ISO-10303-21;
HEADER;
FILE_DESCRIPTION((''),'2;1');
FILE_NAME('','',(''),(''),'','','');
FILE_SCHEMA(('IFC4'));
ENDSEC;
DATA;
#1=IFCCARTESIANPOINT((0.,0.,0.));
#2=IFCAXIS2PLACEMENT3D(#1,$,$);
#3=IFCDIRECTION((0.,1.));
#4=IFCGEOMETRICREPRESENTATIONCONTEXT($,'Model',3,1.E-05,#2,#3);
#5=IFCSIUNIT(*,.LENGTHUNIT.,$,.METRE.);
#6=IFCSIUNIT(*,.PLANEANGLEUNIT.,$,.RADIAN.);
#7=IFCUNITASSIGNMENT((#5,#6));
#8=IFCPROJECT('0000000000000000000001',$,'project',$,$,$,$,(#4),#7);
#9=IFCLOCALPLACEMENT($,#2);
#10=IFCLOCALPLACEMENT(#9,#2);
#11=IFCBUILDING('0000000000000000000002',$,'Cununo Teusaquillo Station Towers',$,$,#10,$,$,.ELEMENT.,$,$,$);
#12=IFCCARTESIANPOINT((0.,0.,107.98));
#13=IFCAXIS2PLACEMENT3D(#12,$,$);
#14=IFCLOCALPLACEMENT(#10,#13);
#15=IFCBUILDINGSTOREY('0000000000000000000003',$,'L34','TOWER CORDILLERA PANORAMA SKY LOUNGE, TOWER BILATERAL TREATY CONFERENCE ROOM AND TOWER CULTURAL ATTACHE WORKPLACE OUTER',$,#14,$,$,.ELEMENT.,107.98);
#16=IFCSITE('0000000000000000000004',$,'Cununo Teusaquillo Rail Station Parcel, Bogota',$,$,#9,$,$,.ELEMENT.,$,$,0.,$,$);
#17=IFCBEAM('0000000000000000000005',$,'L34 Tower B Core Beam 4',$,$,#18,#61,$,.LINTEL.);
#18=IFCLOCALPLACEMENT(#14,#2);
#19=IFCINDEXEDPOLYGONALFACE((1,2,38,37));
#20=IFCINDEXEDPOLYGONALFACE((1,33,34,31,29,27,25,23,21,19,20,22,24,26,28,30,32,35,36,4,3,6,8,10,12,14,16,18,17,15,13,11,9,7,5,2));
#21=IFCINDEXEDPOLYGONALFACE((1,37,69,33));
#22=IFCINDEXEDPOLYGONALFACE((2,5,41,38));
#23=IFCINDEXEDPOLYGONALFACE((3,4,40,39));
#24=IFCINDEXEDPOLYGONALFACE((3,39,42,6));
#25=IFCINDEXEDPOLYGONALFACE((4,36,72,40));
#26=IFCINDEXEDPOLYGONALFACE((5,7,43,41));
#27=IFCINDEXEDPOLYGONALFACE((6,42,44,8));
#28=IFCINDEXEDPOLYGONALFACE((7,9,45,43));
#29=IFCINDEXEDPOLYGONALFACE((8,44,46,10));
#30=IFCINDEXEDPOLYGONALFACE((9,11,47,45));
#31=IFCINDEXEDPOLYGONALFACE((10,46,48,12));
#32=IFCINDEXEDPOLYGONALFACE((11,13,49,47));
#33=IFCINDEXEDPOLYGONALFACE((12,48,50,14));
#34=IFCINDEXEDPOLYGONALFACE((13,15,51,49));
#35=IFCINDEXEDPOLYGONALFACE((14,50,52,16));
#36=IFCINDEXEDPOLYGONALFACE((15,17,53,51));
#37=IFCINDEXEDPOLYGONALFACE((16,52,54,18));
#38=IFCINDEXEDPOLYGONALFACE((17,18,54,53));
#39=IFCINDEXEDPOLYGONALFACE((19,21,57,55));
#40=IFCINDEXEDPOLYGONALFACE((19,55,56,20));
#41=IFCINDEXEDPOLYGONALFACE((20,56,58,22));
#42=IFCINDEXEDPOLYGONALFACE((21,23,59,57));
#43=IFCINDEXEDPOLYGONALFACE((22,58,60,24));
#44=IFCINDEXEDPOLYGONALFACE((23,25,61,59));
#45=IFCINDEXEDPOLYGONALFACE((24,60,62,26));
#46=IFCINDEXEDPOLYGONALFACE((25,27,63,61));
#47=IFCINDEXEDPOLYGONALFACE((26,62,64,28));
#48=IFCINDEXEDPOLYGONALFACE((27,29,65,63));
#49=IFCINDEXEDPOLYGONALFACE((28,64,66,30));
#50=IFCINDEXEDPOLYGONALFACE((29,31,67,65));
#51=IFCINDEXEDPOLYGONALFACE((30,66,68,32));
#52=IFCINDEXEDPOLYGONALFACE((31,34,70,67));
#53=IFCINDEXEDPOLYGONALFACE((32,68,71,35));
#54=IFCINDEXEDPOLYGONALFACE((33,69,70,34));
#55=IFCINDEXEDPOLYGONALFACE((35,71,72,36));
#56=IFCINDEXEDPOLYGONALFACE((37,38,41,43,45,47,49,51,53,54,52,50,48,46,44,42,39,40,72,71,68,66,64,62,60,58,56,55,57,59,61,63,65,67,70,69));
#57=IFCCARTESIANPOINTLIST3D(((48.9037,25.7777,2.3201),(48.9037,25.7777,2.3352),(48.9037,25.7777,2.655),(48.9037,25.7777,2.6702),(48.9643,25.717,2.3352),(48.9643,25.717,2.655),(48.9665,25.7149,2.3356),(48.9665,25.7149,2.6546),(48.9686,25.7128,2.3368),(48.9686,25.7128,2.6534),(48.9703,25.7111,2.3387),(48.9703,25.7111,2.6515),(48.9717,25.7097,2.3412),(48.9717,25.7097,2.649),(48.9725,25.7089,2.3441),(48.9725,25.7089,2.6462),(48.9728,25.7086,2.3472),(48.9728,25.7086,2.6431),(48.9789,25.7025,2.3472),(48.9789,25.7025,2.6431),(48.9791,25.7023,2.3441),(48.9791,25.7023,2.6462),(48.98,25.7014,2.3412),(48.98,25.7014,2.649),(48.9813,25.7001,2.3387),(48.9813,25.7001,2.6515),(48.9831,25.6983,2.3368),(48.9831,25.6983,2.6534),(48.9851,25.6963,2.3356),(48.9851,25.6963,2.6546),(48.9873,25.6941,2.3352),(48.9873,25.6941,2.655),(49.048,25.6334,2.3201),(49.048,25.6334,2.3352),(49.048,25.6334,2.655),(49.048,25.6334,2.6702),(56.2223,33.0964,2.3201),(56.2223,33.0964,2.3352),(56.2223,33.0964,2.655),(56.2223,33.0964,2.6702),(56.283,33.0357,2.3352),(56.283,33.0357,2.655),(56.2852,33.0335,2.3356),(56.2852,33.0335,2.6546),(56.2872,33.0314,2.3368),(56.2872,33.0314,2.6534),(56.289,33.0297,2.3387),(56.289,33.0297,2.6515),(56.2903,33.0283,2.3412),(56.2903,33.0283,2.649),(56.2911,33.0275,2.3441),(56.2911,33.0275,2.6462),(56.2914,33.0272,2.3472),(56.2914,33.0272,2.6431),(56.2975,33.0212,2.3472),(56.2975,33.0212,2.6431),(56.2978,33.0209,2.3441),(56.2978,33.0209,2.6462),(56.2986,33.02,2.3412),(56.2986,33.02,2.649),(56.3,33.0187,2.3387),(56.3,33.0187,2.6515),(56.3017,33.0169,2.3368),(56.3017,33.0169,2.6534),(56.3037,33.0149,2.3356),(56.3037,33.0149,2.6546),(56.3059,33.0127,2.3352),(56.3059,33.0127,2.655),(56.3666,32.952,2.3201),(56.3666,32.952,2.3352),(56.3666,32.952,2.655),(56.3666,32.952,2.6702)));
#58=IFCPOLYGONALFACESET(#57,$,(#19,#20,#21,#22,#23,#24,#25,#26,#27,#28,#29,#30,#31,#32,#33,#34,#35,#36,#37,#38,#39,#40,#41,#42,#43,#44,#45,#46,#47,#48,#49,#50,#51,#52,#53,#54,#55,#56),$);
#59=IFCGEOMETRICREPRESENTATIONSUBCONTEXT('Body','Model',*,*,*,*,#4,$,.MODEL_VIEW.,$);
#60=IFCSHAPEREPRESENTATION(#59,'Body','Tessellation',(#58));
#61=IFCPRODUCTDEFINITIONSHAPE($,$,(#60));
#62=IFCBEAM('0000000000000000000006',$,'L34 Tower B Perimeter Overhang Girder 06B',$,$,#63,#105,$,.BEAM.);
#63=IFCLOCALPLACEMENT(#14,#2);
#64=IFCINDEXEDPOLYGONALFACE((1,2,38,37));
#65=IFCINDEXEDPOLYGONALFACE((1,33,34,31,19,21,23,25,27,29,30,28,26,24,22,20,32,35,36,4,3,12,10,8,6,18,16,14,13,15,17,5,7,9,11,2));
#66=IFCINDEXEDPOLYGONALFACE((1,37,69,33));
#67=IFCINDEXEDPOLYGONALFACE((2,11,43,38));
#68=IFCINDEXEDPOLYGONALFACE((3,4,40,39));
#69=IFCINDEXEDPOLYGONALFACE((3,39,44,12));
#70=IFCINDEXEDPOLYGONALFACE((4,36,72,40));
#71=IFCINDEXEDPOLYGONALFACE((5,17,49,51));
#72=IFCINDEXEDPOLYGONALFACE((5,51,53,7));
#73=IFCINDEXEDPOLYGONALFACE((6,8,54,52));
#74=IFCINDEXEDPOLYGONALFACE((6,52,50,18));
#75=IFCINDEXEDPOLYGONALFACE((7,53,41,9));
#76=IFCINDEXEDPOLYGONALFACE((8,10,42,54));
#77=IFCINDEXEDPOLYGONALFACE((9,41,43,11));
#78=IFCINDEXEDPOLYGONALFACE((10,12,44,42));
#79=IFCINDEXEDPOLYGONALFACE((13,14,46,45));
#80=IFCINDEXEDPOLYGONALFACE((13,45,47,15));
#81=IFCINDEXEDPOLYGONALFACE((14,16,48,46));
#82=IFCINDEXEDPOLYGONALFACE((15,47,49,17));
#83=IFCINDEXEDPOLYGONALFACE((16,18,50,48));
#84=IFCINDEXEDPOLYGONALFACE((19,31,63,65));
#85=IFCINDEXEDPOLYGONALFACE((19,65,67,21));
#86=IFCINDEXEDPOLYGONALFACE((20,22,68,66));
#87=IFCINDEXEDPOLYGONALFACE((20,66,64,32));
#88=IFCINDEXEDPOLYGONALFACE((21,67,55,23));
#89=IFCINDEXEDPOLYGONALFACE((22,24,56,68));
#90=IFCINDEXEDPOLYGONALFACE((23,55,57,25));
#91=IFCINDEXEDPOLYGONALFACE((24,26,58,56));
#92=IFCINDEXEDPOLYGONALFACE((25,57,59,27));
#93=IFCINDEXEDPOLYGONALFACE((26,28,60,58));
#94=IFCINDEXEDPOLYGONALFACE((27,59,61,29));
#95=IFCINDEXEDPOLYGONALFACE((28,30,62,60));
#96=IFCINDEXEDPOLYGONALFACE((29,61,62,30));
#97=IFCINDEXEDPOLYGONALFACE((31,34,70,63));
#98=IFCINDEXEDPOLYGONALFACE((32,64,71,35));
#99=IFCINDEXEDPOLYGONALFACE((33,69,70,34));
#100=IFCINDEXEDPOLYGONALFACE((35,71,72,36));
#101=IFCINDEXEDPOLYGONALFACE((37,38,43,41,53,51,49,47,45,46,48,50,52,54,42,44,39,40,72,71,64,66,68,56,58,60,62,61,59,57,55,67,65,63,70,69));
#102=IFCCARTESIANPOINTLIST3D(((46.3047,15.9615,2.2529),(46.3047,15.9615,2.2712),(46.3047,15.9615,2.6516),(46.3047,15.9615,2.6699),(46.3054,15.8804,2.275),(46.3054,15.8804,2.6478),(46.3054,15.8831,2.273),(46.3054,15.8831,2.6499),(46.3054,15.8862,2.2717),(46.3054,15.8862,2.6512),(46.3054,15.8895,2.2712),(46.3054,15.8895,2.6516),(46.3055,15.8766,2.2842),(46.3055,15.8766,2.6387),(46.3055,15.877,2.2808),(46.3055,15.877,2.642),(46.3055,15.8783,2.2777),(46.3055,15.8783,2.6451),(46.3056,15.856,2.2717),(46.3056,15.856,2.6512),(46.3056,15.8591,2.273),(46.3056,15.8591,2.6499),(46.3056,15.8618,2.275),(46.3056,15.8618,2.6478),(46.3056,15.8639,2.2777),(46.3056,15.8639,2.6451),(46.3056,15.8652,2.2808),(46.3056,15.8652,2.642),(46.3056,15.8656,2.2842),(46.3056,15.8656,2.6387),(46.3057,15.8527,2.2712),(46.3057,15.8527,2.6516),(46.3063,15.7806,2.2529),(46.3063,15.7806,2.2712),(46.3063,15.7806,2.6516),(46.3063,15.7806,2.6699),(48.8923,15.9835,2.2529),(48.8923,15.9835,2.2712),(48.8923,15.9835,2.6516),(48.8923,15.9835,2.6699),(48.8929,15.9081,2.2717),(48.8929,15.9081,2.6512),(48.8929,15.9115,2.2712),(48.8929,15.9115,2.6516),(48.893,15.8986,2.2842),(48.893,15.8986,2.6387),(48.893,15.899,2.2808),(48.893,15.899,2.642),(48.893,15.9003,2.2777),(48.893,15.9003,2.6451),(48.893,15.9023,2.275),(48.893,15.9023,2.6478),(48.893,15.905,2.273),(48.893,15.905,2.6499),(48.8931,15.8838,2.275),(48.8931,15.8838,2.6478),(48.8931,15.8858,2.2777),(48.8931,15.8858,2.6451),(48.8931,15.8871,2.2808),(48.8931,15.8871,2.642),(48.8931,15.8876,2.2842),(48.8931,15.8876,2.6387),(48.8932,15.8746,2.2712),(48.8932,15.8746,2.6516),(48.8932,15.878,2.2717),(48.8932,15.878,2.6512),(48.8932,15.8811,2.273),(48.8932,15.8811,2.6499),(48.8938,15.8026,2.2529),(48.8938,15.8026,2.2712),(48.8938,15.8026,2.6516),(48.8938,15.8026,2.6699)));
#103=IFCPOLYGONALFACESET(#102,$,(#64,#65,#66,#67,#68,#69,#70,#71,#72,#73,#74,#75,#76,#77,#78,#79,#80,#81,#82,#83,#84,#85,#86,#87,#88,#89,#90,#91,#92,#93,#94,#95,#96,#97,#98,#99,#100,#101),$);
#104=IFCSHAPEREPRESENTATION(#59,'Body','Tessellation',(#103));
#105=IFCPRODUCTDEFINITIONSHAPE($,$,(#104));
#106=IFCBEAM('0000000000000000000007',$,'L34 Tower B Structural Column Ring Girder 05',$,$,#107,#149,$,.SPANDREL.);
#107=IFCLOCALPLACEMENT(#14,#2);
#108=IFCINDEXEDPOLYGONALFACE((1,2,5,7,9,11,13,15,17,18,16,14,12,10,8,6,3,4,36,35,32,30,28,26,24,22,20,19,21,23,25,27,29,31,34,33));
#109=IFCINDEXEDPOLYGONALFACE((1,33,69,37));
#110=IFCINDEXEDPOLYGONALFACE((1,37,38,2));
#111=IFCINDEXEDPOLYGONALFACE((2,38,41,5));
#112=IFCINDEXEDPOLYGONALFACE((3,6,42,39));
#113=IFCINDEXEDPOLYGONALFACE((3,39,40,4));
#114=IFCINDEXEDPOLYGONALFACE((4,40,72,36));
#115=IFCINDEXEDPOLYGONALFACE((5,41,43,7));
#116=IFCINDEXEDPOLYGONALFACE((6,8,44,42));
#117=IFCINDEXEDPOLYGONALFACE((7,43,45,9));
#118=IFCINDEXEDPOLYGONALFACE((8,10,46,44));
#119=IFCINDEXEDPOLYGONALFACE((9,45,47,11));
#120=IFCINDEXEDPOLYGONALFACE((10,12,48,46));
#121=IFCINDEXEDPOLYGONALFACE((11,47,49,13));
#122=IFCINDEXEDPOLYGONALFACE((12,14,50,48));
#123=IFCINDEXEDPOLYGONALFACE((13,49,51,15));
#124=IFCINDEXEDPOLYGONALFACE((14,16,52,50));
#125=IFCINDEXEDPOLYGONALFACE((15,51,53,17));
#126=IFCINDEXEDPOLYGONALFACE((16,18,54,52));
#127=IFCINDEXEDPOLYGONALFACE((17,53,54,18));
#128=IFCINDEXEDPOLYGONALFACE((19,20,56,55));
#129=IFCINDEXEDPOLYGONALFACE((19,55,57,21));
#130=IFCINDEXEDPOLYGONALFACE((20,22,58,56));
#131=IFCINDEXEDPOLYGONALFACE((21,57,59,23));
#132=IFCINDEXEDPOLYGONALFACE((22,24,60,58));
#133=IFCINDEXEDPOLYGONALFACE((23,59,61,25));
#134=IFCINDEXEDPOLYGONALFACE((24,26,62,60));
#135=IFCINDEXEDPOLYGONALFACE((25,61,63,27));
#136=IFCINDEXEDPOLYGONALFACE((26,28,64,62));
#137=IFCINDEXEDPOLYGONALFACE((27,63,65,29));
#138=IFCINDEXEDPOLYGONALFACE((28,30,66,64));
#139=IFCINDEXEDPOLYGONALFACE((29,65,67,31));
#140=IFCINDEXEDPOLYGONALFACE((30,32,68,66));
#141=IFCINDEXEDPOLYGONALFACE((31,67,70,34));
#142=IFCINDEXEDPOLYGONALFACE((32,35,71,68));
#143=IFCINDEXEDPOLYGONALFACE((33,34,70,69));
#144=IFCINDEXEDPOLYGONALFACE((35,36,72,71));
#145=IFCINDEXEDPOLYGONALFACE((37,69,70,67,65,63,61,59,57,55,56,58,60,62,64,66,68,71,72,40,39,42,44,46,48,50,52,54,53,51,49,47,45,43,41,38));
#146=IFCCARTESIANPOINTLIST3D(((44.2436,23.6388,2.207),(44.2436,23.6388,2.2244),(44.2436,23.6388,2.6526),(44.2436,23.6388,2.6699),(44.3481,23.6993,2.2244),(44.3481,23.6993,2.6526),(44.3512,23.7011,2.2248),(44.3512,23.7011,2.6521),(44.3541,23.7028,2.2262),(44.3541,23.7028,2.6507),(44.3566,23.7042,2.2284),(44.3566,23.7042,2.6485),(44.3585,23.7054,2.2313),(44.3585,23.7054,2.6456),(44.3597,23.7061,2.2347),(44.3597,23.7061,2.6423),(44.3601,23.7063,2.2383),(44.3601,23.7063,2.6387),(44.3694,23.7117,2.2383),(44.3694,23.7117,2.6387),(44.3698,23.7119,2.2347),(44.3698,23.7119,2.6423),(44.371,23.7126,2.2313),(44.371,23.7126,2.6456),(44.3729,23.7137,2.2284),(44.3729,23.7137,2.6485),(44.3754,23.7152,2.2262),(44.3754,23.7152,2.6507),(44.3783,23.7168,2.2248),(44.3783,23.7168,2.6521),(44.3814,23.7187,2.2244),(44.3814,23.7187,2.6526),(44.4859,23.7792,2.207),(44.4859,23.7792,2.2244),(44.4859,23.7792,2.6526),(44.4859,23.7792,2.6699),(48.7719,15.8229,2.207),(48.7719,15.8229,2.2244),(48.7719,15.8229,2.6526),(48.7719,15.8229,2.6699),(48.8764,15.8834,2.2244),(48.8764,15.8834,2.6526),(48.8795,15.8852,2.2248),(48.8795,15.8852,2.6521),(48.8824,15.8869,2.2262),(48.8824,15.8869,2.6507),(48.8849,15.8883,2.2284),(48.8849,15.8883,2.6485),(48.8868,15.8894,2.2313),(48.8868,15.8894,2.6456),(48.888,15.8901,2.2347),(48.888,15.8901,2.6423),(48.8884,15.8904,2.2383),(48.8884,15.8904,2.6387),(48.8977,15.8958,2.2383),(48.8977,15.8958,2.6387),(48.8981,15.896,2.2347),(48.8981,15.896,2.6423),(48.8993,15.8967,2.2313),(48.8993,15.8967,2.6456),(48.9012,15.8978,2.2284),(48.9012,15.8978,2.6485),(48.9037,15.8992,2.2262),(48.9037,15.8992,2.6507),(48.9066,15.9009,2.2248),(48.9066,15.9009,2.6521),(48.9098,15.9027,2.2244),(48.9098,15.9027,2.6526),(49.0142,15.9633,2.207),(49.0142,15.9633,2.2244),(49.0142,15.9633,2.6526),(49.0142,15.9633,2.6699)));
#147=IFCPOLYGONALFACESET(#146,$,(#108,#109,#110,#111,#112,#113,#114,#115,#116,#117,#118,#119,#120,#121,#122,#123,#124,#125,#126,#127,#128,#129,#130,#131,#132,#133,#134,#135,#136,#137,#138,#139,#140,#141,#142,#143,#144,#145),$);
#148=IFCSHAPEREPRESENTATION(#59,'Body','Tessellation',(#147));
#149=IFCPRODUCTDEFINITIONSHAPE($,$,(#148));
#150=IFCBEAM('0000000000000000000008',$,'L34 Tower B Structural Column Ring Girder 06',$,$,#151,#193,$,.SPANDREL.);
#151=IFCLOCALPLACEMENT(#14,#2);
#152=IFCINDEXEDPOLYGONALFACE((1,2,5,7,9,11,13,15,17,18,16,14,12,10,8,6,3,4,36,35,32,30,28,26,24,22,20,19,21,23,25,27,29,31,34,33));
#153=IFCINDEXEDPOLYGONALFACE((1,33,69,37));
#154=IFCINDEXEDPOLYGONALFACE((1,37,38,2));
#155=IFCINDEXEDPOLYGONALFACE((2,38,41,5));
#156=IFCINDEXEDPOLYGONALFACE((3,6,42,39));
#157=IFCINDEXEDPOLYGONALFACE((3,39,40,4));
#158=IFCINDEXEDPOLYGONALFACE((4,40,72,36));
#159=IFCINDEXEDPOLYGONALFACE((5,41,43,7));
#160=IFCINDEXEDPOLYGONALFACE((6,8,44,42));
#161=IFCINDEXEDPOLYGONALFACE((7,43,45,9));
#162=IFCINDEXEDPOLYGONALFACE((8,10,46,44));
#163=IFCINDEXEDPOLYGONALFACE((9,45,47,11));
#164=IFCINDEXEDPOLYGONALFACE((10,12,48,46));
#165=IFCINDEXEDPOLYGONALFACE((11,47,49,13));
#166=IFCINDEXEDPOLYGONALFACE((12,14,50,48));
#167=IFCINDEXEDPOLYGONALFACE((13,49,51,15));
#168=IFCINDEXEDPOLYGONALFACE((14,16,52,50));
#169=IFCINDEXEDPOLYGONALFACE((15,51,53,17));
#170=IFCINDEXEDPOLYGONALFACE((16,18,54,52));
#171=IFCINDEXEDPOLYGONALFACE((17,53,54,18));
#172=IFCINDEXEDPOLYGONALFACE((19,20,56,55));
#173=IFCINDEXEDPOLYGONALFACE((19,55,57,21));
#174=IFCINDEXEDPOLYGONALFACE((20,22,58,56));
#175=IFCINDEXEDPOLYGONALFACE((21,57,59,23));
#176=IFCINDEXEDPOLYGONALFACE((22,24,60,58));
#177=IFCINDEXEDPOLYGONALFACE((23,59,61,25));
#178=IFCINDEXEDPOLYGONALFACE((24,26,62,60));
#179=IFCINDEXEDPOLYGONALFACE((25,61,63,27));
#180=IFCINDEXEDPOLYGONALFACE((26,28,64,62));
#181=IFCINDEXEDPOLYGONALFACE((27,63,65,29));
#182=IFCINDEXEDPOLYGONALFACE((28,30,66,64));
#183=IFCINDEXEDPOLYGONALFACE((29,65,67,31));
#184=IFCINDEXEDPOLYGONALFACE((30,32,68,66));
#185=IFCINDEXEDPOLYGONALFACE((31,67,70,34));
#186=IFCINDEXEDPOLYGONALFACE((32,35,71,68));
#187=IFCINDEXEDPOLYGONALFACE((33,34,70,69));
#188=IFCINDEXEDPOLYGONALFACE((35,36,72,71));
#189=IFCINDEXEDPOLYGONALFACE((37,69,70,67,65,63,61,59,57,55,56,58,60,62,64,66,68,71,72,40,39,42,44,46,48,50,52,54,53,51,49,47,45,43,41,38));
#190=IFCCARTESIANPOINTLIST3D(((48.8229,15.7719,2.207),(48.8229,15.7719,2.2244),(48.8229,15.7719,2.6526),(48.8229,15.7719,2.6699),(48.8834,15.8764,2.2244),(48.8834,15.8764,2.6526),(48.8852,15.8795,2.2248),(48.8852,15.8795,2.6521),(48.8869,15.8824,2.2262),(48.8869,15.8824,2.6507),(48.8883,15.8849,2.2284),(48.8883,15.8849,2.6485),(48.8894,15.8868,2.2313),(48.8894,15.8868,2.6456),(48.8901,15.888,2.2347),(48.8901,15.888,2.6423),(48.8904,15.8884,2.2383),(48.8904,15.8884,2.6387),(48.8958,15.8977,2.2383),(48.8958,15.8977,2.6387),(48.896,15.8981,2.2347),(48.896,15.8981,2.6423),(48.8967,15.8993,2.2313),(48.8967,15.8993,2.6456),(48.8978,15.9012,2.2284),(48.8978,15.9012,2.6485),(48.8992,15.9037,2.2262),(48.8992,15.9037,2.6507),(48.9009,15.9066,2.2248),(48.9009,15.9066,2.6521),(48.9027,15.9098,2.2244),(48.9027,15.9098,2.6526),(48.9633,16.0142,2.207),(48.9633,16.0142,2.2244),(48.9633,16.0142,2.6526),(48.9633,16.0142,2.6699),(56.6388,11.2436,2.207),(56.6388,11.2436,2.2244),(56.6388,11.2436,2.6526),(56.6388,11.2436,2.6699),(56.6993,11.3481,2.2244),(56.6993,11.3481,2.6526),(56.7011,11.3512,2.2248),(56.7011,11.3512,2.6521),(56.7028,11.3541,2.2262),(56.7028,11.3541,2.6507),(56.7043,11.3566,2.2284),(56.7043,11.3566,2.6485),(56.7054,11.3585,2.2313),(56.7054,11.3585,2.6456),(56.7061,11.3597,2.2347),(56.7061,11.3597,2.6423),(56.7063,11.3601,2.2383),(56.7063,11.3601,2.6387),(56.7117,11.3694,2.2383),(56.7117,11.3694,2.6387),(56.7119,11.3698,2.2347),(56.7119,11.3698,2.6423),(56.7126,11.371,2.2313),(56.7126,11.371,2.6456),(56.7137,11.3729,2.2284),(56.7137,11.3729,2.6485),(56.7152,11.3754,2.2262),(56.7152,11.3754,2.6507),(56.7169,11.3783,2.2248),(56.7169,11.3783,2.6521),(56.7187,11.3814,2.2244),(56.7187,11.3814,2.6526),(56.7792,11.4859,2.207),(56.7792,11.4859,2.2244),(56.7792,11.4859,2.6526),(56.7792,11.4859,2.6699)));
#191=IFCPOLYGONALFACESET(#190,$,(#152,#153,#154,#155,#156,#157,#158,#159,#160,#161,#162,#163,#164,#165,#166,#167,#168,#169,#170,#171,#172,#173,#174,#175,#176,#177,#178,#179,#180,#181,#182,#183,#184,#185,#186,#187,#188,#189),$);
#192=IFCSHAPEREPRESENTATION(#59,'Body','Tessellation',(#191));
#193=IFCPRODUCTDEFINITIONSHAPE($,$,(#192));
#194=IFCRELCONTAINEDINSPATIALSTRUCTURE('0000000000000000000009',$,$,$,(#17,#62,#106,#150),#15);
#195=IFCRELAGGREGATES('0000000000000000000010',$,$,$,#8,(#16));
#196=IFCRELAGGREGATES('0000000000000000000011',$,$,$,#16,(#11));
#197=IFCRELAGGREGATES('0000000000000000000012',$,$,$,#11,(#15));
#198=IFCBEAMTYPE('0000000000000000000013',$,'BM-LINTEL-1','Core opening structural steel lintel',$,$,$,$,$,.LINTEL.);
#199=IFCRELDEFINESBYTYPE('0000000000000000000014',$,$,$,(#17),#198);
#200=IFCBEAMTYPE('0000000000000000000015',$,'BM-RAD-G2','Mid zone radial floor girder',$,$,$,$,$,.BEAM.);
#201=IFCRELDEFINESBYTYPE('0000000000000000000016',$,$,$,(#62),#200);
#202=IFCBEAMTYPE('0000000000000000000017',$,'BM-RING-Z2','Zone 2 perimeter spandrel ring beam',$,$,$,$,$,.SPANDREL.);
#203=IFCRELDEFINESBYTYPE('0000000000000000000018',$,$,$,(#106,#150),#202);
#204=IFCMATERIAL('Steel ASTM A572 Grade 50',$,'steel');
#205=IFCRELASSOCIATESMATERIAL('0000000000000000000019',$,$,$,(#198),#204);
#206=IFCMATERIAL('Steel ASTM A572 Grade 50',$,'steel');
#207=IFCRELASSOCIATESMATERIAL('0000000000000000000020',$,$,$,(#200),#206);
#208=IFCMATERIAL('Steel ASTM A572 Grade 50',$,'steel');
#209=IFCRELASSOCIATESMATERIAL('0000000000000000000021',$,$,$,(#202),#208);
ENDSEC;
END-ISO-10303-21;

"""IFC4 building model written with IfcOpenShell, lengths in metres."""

from ifc_helpers import new_model, si_unit, direction, frame, origin, origin_2d, place, context, subcontext, project, spatial, i_section, extrude, material, material_profile, profile_set, type_object, element, save


model = new_model("IFC4")

# Units and contexts
model_context = context("Model", 3, precision=1e-05, world=origin(), true_north=direction((0.0, 1.0)))
body_context = subcontext(model_context, "Body", "Model", "MODEL_VIEW")
ifc_project = project(units=[si_unit("LENGTHUNIT", "METRE"), si_unit("PLANEANGLEUNIT", "RADIAN")], contexts=[model_context])

# Site, building, storey
site_placement = place(None, origin())
site = spatial("IfcSite", under=ifc_project, at=site_placement, Name="Cununo Teusaquillo Rail Station Parcel, Bogota", CompositionType="ELEMENT", RefElevation=0.0)
building_placement = place(site_placement, origin())
building = spatial("IfcBuilding", under=site, at=building_placement, Name="Cununo Teusaquillo Station Towers", CompositionType="ELEMENT")
storey_placement = place(building_placement, frame((0.0, 0.0, 107.98)))
storey = spatial("IfcBuildingStorey", under=building, at=storey_placement, Name="L34", Description="TOWER CORDILLERA PANORAMA SKY LOUNGE, TOWER BILATERAL TREATY CONFERENCE ROOM AND TOWER CULTURAL ATTACHE WORKPLACE OUTER", CompositionType="ELEMENT", Elevation=107.98)

# Beams
ifc_material_1 = material(Name="Steel ASTM A572 Grade 50", Category="steel")
ifc_material_profile_1 = material_profile(ifc_material_1, i_section(OverallWidth=0.2041, OverallDepth=0.3501, WebThickness=0.0085, FlangeThickness=0.0151, FilletRadius=0.012, at=origin_2d()), Name="W14X48")
ifc_profile_set_1 = profile_set([ifc_material_profile_1], Name="Steel ASTM A572 Grade 50")
beam_type_1 = type_object("IfcBeamType", Name="BM-LINTEL-1", Description="Core opening structural steel lintel", PredefinedType="LINTEL", material=ifc_profile_set_1)
beam_1_placement = place(storey_placement, frame((48.9758, 25.7056, 2.4951), z_axis=(0.707107, 0.707107, 0.0), x_axis=(-0.707107, 0.707107, 0.0)))
element("IfcBeam", 1, at=beam_1_placement, inside=storey, type_object=beam_type_1, Name="L34 Tower B Core Beam 4", PredefinedType="LINTEL", context=body_context, shape_type="SweptSolid", body=[
    extrude(i_section(OverallWidth=0.2041, OverallDepth=0.3501, WebThickness=0.0085, FlangeThickness=0.0151, FilletRadius=0.012, at=origin_2d()), origin(), (0.0, 0.0, 1.0), 10.3501),
])
ifc_material_2 = material(Name="Steel ASTM A572 Grade 50", Category="steel")
ifc_material_profile_2 = material_profile(ifc_material_2, i_section(OverallWidth=0.1809, OverallDepth=0.417, WebThickness=0.011, FlangeThickness=0.0183, FilletRadius=0.0129, at=origin_2d()), Name="W16X57")
ifc_profile_set_2 = profile_set([ifc_material_profile_2], Name="Steel ASTM A572 Grade 50")
beam_type_2 = type_object("IfcBeamType", Name="BM-RAD-G2", Description="Mid zone radial floor girder", PredefinedType="BEAM", material=ifc_profile_set_2)
beam_2_placement = place(storey_placement, frame((48.8931, 15.8931, 2.4614), z_axis=(-0.999964, -0.008491, 0.0), x_axis=(0.008491, -0.999964, 0.0)))
element("IfcBeam", 2, at=beam_2_placement, inside=storey, type_object=beam_type_2, Name="L34 Tower B Perimeter Overhang Girder 06B", PredefinedType="BEAM", context=body_context, shape_type="SweptSolid", body=[
    extrude(i_section(OverallWidth=0.1809, OverallDepth=0.417, WebThickness=0.011, FlangeThickness=0.0183, FilletRadius=0.0129, at=origin_2d()), origin(), (0.0, 0.0, 1.0), 2.5876),
])
ifc_material_3 = material(Name="Steel ASTM A572 Grade 50", Category="steel")
ifc_material_profile_3 = material_profile(ifc_material_3, i_section(OverallWidth=0.28, OverallDepth=0.4629, WebThickness=0.0107, FlangeThickness=0.0173, FilletRadius=0.0139, at=origin_2d()), Name="W18X76")
ifc_profile_set_3 = profile_set([ifc_material_profile_3], Name="Steel ASTM A572 Grade 50")
beam_type_3 = type_object("IfcBeamType", Name="BM-RING-Z2", Description="Zone 2 perimeter spandrel ring beam", PredefinedType="SPANDREL", material=ifc_profile_set_3)
for number, where, z_axis, x_axis, name in (
    (3, (44.3647, 23.709, 2.4385), (0.501311, -0.865267, 0.0), (0.865267, 0.501311, 0.0), "L34 Tower B Structural Column Ring Girder 05"),
    (4, (48.8931, 15.8931, 2.4385), (0.865267, -0.501311, 0.0), (0.501311, 0.865267, 0.0), "L34 Tower B Structural Column Ring Girder 06"),
):
    element("IfcBeam", number, at=place(storey_placement, frame(where, z_axis=z_axis, x_axis=x_axis)), inside=storey, type_object=beam_type_3, Name=name, PredefinedType="SPANDREL", context=body_context, shape_type="SweptSolid", body=[
        extrude(i_section(OverallWidth=0.28, OverallDepth=0.4629, WebThickness=0.0107, FlangeThickness=0.0173, FilletRadius=0.0139, at=origin_2d()), origin(), (0.0, 0.0, 1.0), 9.033),
    ])

save(model, "model.ifc")
